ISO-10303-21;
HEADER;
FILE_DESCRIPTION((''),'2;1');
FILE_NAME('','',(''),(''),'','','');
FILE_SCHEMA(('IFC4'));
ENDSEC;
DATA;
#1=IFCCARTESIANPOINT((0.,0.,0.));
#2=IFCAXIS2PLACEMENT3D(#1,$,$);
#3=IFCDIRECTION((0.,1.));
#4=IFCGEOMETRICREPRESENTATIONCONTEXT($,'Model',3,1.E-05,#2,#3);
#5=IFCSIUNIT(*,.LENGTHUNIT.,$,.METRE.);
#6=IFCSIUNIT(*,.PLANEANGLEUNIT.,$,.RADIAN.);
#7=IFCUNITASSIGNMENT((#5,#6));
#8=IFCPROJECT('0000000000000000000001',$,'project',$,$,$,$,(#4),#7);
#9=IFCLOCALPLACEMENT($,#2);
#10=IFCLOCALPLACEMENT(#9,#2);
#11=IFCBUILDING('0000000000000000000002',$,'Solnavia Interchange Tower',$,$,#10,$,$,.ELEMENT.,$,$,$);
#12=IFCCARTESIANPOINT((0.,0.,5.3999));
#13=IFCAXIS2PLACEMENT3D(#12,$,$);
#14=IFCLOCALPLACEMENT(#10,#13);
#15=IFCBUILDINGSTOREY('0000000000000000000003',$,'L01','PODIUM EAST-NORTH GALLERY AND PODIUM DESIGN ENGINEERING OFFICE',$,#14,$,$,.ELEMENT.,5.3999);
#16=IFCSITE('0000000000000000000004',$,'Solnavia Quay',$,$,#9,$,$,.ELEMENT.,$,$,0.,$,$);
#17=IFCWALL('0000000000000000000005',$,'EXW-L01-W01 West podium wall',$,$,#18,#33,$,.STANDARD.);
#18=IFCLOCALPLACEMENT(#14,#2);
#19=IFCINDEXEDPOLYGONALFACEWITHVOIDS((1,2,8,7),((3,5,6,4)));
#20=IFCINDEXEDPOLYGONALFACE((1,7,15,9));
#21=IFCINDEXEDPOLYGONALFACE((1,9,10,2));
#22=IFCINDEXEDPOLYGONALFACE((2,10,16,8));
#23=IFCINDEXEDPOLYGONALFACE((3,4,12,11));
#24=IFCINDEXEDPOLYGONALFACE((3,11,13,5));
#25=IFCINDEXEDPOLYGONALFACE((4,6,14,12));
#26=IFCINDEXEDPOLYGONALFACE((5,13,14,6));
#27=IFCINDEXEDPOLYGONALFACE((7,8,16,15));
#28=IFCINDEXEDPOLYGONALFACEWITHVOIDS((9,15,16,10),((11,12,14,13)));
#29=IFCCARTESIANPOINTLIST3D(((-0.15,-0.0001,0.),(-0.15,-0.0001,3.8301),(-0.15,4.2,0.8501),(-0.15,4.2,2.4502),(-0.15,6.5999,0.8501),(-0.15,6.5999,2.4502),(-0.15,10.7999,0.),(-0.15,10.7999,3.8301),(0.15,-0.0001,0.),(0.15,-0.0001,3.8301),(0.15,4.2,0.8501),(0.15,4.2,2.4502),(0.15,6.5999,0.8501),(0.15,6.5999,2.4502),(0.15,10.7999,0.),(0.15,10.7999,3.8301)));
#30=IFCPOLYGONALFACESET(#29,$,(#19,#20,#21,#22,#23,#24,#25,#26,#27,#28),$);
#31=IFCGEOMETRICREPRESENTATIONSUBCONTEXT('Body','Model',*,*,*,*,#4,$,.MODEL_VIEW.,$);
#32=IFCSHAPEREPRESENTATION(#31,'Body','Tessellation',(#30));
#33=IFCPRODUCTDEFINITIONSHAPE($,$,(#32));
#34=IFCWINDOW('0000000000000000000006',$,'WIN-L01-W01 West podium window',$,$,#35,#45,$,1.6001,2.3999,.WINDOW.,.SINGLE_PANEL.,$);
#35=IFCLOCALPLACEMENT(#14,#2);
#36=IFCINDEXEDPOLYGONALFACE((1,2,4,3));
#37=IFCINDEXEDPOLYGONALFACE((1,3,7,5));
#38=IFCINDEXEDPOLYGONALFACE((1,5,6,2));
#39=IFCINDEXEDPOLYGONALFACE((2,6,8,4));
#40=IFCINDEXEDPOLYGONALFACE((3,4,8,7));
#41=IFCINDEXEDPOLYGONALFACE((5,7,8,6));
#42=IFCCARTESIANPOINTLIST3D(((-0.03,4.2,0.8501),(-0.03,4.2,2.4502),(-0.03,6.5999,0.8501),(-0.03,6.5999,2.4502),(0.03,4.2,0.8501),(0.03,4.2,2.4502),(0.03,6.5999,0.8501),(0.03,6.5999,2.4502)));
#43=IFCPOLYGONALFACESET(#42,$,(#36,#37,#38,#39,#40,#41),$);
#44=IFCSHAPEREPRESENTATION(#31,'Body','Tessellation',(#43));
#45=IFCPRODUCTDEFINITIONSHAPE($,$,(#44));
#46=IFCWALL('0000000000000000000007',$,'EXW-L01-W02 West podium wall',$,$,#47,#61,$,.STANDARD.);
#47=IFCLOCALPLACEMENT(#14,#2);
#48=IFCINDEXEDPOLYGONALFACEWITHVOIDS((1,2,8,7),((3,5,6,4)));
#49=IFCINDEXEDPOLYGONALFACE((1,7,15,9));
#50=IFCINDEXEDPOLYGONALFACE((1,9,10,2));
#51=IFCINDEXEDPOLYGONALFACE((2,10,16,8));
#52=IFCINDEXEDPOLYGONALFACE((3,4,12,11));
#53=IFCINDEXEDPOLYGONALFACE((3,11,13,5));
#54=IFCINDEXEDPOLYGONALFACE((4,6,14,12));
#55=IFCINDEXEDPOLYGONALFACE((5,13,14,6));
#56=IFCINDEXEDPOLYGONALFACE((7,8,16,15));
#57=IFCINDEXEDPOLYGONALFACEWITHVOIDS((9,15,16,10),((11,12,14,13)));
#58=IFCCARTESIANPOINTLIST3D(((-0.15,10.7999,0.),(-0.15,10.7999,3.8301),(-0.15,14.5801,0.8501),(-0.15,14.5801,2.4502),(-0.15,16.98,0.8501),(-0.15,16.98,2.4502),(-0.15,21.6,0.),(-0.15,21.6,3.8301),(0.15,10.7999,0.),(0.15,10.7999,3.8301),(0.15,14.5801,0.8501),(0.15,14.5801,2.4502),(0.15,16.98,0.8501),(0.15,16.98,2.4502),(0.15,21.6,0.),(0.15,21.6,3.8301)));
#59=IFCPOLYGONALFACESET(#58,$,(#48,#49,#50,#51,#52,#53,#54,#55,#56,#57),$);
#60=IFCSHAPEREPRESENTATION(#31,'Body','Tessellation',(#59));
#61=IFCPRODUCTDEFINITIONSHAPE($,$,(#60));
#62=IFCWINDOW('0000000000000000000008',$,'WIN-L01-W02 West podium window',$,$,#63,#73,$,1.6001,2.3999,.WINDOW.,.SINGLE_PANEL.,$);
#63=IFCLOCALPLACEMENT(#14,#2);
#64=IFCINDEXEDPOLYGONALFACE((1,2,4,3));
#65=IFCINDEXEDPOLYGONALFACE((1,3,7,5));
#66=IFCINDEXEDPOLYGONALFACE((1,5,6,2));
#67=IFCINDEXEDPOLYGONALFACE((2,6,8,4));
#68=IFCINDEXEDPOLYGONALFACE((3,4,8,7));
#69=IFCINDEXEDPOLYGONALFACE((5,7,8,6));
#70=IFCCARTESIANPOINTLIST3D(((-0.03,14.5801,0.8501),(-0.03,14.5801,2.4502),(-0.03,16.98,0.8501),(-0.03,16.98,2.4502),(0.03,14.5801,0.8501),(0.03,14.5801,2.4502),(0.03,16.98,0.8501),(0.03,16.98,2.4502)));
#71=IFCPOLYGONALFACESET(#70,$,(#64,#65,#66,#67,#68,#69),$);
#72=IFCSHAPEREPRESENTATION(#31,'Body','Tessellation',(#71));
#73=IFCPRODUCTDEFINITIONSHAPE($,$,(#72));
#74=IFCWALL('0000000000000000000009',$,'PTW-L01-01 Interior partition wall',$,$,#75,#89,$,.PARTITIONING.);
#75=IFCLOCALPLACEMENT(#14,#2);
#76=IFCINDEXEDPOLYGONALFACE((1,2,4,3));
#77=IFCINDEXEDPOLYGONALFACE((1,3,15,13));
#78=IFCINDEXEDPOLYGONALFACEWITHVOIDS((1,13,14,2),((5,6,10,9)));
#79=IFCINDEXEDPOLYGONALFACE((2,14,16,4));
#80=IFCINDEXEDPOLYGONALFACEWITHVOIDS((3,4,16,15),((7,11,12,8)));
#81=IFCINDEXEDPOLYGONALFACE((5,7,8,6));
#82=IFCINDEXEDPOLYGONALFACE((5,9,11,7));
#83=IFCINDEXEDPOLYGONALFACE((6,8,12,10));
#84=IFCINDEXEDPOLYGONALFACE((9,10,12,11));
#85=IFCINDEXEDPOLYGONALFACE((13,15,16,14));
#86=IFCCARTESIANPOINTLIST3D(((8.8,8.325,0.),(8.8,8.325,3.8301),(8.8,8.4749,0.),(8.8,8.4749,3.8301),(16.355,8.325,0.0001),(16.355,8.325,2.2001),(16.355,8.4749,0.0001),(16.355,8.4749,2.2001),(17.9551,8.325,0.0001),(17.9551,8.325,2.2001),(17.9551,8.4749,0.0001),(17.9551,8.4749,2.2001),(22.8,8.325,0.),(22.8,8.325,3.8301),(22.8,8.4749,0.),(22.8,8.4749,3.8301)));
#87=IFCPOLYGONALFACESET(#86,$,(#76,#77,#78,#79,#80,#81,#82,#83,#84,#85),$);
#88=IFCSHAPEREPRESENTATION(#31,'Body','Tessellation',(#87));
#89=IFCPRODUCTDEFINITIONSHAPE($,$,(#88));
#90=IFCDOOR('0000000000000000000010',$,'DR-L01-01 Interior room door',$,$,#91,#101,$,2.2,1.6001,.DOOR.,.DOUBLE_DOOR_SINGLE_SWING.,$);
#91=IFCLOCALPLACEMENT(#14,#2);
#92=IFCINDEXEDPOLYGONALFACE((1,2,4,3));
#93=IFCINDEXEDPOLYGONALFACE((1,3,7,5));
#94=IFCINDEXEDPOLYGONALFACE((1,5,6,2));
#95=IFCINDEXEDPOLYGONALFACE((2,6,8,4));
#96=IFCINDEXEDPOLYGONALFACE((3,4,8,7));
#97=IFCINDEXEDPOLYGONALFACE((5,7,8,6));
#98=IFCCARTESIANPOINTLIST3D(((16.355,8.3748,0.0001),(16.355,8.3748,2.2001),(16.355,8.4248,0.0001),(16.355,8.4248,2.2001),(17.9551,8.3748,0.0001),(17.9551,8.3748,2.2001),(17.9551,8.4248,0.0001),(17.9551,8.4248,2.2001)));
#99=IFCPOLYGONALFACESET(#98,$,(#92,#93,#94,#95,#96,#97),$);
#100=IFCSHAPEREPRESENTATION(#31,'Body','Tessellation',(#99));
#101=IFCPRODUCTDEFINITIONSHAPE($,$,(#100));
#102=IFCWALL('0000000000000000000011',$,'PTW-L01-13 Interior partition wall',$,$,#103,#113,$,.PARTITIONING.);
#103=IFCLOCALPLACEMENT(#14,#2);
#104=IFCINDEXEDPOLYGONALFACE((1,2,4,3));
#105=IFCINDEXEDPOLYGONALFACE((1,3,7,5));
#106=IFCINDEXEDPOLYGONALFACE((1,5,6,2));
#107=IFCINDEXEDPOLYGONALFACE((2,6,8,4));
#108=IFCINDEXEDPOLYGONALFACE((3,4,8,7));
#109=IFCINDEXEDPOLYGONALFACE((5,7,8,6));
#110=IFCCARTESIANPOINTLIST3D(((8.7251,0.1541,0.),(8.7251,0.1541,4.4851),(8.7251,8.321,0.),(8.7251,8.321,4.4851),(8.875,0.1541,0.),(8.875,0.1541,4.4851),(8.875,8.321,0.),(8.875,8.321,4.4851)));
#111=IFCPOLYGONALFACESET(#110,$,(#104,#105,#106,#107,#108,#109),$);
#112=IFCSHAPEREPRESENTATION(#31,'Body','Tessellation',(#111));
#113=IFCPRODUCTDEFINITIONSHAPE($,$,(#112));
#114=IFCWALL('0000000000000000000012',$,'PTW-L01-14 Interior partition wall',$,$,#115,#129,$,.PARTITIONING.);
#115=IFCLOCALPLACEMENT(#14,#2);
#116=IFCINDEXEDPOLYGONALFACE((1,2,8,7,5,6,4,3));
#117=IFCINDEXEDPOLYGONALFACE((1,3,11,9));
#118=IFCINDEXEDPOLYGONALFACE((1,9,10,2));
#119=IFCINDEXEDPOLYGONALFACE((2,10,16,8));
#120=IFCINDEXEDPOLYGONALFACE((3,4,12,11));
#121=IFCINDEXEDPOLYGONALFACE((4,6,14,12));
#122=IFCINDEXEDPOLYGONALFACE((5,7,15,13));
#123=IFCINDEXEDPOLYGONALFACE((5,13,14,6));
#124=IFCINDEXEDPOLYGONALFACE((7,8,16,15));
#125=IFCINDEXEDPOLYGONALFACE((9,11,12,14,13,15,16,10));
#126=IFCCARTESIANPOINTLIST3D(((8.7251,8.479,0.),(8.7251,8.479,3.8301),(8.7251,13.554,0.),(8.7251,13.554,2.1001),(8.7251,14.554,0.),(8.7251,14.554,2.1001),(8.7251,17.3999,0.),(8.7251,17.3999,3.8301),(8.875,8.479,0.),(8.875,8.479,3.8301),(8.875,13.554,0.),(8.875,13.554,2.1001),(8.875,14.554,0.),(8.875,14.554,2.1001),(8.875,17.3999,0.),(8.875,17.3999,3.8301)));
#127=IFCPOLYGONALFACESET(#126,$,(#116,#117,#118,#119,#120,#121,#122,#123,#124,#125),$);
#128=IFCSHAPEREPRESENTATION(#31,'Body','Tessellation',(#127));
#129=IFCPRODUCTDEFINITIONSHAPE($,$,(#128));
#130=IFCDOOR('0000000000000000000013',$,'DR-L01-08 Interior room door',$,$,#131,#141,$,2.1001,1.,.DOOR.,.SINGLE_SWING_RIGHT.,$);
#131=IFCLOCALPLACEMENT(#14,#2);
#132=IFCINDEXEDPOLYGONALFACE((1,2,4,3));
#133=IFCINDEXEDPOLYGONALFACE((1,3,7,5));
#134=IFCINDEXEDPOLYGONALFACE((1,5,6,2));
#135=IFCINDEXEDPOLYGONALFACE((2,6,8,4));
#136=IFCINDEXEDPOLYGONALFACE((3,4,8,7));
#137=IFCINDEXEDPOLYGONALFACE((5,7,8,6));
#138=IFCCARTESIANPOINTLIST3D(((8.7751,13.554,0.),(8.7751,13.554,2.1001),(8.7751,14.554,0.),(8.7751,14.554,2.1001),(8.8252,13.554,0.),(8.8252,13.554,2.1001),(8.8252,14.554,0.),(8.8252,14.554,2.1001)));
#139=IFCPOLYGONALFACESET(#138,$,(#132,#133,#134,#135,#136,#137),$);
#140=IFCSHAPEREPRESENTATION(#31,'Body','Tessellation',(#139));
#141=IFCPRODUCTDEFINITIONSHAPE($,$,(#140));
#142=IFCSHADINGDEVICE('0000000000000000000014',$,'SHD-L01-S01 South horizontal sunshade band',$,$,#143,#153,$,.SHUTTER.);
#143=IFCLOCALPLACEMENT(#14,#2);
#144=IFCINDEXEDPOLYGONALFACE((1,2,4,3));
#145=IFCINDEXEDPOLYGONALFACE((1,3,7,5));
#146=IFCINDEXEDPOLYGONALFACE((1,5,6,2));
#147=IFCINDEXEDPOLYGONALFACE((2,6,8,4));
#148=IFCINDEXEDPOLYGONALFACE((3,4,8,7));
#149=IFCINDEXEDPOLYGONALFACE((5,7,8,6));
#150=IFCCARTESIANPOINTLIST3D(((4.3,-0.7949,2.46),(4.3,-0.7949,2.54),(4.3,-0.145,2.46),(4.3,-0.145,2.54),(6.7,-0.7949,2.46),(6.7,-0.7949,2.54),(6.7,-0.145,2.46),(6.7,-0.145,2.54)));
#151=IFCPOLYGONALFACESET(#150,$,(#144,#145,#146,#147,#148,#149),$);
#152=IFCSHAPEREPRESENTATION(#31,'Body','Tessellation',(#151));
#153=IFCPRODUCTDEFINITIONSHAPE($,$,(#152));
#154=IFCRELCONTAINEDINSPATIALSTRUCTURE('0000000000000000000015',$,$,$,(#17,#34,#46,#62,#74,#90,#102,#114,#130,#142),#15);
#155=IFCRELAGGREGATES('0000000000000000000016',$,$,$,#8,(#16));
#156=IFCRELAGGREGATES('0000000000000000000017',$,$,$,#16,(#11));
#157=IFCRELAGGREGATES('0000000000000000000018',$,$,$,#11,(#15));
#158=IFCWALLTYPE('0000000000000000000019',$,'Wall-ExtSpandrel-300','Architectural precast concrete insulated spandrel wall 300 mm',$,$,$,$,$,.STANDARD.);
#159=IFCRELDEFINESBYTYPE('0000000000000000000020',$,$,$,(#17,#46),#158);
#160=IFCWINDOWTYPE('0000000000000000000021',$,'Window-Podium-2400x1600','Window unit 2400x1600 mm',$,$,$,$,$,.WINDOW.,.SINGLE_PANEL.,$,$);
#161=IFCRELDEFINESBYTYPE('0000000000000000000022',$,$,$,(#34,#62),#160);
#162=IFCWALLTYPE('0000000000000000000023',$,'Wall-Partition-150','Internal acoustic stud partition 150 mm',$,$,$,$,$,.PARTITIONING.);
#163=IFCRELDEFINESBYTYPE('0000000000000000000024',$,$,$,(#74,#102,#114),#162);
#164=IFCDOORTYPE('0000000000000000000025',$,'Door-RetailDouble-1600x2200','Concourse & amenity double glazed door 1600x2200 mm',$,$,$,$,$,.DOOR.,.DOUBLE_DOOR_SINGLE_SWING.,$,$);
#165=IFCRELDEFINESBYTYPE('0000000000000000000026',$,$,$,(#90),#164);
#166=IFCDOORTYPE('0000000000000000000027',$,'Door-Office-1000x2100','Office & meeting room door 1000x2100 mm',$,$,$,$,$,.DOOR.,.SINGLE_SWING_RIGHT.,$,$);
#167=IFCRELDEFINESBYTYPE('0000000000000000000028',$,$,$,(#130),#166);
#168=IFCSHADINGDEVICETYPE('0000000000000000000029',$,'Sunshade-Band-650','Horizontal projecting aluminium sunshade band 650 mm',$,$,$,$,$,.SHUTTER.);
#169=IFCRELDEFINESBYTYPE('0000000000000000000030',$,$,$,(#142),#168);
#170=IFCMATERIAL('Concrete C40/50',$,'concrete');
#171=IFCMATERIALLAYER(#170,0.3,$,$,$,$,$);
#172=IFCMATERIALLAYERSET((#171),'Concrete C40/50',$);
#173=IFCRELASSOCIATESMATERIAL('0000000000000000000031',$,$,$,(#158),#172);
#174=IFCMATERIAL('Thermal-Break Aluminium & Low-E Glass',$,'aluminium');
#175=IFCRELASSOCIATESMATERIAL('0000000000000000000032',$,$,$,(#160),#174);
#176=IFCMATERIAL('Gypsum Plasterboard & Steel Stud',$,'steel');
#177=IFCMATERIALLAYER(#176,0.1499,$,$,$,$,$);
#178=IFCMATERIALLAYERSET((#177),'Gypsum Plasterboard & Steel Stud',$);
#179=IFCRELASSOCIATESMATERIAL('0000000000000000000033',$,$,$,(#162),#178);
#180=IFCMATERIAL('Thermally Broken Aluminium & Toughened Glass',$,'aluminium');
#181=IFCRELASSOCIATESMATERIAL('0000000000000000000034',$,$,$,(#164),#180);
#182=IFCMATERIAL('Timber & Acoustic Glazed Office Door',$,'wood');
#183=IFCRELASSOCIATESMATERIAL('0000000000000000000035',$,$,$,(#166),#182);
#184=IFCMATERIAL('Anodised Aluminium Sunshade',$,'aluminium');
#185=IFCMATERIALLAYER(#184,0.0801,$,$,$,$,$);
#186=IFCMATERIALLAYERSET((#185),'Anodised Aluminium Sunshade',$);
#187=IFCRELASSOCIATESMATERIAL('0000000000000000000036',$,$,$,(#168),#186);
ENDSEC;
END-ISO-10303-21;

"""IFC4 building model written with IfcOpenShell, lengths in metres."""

from ifc_helpers import new_model, si_unit, direction, frame, frame_2d, origin, origin_2d, place, context, subcontext, project, spatial, rectangle, extrude, material, layer, layer_set, type_object, element, fill, save


model = new_model("IFC4")

# Units and contexts
model_context = context("Model", 3, precision=1e-05, world=origin(), true_north=direction((0.0, 1.0)))
body_context = subcontext(model_context, "Body", "Model", "MODEL_VIEW")
ifc_project = project(units=[si_unit("LENGTHUNIT", "METRE"), si_unit("PLANEANGLEUNIT", "RADIAN")], contexts=[model_context])

# Site, building, storey
site_placement = place(None, origin())
site = spatial("IfcSite", under=ifc_project, at=site_placement, Name="Solnavia Quay", CompositionType="ELEMENT", RefElevation=0.0)
building_placement = place(site_placement, origin())
building = spatial("IfcBuilding", under=site, at=building_placement, Name="Solnavia Interchange Tower", CompositionType="ELEMENT")
storey_placement = place(building_placement, frame((0.0, 0.0, 5.3999)))
storey = spatial("IfcBuildingStorey", under=building, at=storey_placement, Name="L01", Description="PODIUM EAST-NORTH GALLERY AND PODIUM DESIGN ENGINEERING OFFICE", CompositionType="ELEMENT", Elevation=5.3999)

# Shared definitions
ifc_material_1 = material(Name="Concrete C40/50", Category="concrete")

# Walls, openings, windows
ifc_layer_1 = layer(ifc_material_1, 0.3)
ifc_layer_set_1 = layer_set([ifc_layer_1], Name="Concrete C40/50")
wall_type_1 = type_object("IfcWallType", Name="Wall-ExtSpandrel-300", Description="Architectural precast concrete insulated spandrel wall 300 mm", PredefinedType="STANDARD", material=ifc_layer_set_1)
ifc_material_2 = material(Name="Thermal-Break Aluminium & Low-E Glass", Category="aluminium")
window_type = type_object("IfcWindowType", Name="Window-Podium-2400x1600", Description="Window unit 2400x1600 mm", PartitioningType="SINGLE_PANEL", PredefinedType="WINDOW", material=ifc_material_2)
wall_1_placement = place(storey_placement, frame((0.0, 0.0, 0.0), z_axis=(0.0, 0.0, 1.0), x_axis=(0.0, 1.0, 0.0)))
wall_1 = element("IfcWall", 1, at=wall_1_placement, inside=storey, type_object=wall_type_1, Name="EXW-L01-W01 West podium wall", PredefinedType="STANDARD", context=body_context, shape_type="SweptSolid", body=[
    extrude(rectangle(XDim=10.8, YDim=0.3, at=frame_2d((5.3999, 0.0))), origin(), (0.0, 0.0, 1.0), 3.8301),
])
opening_1_placement = place(wall_1_placement, frame((4.2, 0.0, 0.8501)))
opening_1 = element("IfcOpeningElement", 2, at=opening_1_placement, cuts=wall_1, PredefinedType="OPENING", context=body_context, shape_type="SweptSolid", body=[
    extrude(rectangle(XDim=2.3999, YDim=1.6001, at=frame_2d((1.2, 0.8))), frame((0.0, 0.1602, 0.0), z_axis=(0.0, -1.0, 0.0), x_axis=(1.0, 0.0, 0.0)), (0.0, 0.0, 1.0), 0.3201),
])
window_1_placement = place(opening_1_placement, origin())
window_1 = element("IfcWindow", 3, at=window_1_placement, inside=storey, type_object=window_type, Name="WIN-L01-W01 West podium window", OverallHeight=1.6001, OverallWidth=2.3999, PartitioningType="SINGLE_PANEL", PredefinedType="WINDOW", context=body_context, shape_type="SweptSolid", body=[
    extrude(rectangle(XDim=2.3999, YDim=1.6001, at=frame_2d((1.2, 0.8))), frame((0.0, 0.03, 0.0), z_axis=(0.0, -1.0, 0.0), x_axis=(1.0, 0.0, 0.0)), (0.0, 0.0, 1.0), 0.0601),
])
fill(opening_1, window_1)
wall_2_placement = place(storey_placement, frame((0.0, 10.8, 0.0), z_axis=(0.0, 0.0, 1.0), x_axis=(0.0, 1.0, 0.0)))
wall_2 = element("IfcWall", 4, at=wall_2_placement, inside=storey, type_object=wall_type_1, Name="EXW-L01-W02 West podium wall", PredefinedType="STANDARD", context=body_context, shape_type="SweptSolid", body=[
    extrude(rectangle(XDim=10.8, YDim=0.3, at=frame_2d((5.3999, 0.0))), origin(), (0.0, 0.0, 1.0), 3.8301),
])
opening_2_placement = place(wall_2_placement, frame((3.78, 0.0, 0.8501)))
opening_2 = element("IfcOpeningElement", 5, at=opening_2_placement, cuts=wall_2, PredefinedType="OPENING", context=body_context, shape_type="SweptSolid", body=[
    extrude(rectangle(XDim=2.3999, YDim=1.6001, at=frame_2d((1.2, 0.8))), frame((0.0, 0.1602, 0.0), z_axis=(0.0, -1.0, 0.0), x_axis=(1.0, 0.0, 0.0)), (0.0, 0.0, 1.0), 0.3201),
])
window_2_placement = place(opening_2_placement, origin())
window_2 = element("IfcWindow", 6, at=window_2_placement, inside=storey, type_object=window_type, Name="WIN-L01-W02 West podium window", OverallHeight=1.6001, OverallWidth=2.3999, PartitioningType="SINGLE_PANEL", PredefinedType="WINDOW", context=body_context, shape_type="SweptSolid", body=[
    extrude(rectangle(XDim=2.3999, YDim=1.6001, at=frame_2d((1.2, 0.8))), frame((0.0, 0.03, 0.0), z_axis=(0.0, -1.0, 0.0), x_axis=(1.0, 0.0, 0.0)), (0.0, 0.0, 1.0), 0.0601),
])
fill(opening_2, window_2)

# Wall, opening, door
ifc_material_3 = material(Name="Gypsum Plasterboard & Steel Stud", Category="steel")
ifc_layer_2 = layer(ifc_material_3, 0.1499)
ifc_layer_set_2 = layer_set([ifc_layer_2], Name="Gypsum Plasterboard & Steel Stud")
wall_type_2 = type_object("IfcWallType", Name="Wall-Partition-150", Description="Internal acoustic stud partition 150 mm", PredefinedType="PARTITIONING", material=ifc_layer_set_2)
wall_3_placement = place(storey_placement, frame((8.8, 8.3999, 0.0), z_axis=(0.0, 0.0, 1.0), x_axis=(1.0, 0.0, 0.0)))
wall_3 = element("IfcWall", 7, at=wall_3_placement, inside=storey, type_object=wall_type_2, Name="PTW-L01-01 Interior partition wall", PredefinedType="PARTITIONING", context=body_context, shape_type="SweptSolid", body=[
    extrude(rectangle(XDim=14.0, YDim=0.1499, at=frame_2d((7.0, 0.0))), origin(), (0.0, 0.0, 1.0), 3.8301),
])
opening_3_placement = place(wall_3_placement, frame((7.5549, 0.0, 0.0)))
opening_3 = element("IfcOpeningElement", 8, at=opening_3_placement, cuts=wall_3, PredefinedType="OPENING", context=body_context, shape_type="SweptSolid", body=[
    extrude(rectangle(XDim=1.6001, YDim=2.2, at=frame_2d((0.8, 1.1001))), frame((0.0, 0.085, 0.0), z_axis=(0.0, -1.0, 0.0), x_axis=(1.0, 0.0, 0.0)), (0.0, 0.0, 1.0), 0.1699),
])
ifc_material_4 = material(Name="Thermally Broken Aluminium & Toughened Glass", Category="aluminium")
door_type_1 = type_object("IfcDoorType", Name="Door-RetailDouble-1600x2200", Description="Concourse & amenity double glazed door 1600x2200 mm", OperationType="DOUBLE_DOOR_SINGLE_SWING", PredefinedType="DOOR", material=ifc_material_4)
door_1_placement = place(opening_3_placement, origin())
door_1 = element("IfcDoor", 9, at=door_1_placement, inside=storey, type_object=door_type_1, Name="DR-L01-01 Interior room door", OperationType="DOUBLE_DOOR_SINGLE_SWING", OverallHeight=2.2, OverallWidth=1.6001, PredefinedType="DOOR", context=body_context, shape_type="SweptSolid", body=[
    extrude(rectangle(XDim=1.6001, YDim=2.2, at=frame_2d((0.8, 1.1001))), frame((0.0, 0.0249, 0.0), z_axis=(0.0, -1.0, 0.0), x_axis=(1.0, 0.0, 0.0)), (0.0, 0.0, 1.0), 0.05),
])
fill(opening_3, door_1)

# Wall
wall_4_placement = place(storey_placement, frame((8.8, 0.1541, 0.0), z_axis=(0.0, 0.0, 1.0), x_axis=(0.0, 1.0, 0.0)))
element("IfcWall", 10, at=wall_4_placement, inside=storey, type_object=wall_type_2, Name="PTW-L01-13 Interior partition wall", PredefinedType="PARTITIONING", context=body_context, shape_type="SweptSolid", body=[
    extrude(rectangle(XDim=8.167, YDim=0.1499, at=frame_2d((4.0835, 0.0))), origin(), (0.0, 0.0, 1.0), 4.4851),
])

# Wall, opening, door
wall_5_placement = place(storey_placement, frame((8.8, 8.479, 0.0), z_axis=(0.0, 0.0, 1.0), x_axis=(0.0, 1.0, 0.0)))
wall_5 = element("IfcWall", 11, at=wall_5_placement, inside=storey, type_object=wall_type_2, Name="PTW-L01-14 Interior partition wall", PredefinedType="PARTITIONING", context=body_context, shape_type="SweptSolid", body=[
    extrude(rectangle(XDim=8.9209, YDim=0.1499, at=frame_2d((4.4604, 0.0))), origin(), (0.0, 0.0, 1.0), 3.8301),
])
opening_4_placement = place(wall_5_placement, frame((5.075, 0.0, 0.0)))
opening_4 = element("IfcOpeningElement", 12, at=opening_4_placement, cuts=wall_5, PredefinedType="OPENING", context=body_context, shape_type="SweptSolid", body=[
    extrude(rectangle(XDim=1.0, YDim=2.1001, at=frame_2d((0.5, 1.05))), frame((0.0, 0.085, 0.0), z_axis=(0.0, -1.0, 0.0), x_axis=(1.0, 0.0, 0.0)), (0.0, 0.0, 1.0), 0.1699),
])
ifc_material_5 = material(Name="Timber & Acoustic Glazed Office Door", Category="wood")
door_type_2 = type_object("IfcDoorType", Name="Door-Office-1000x2100", Description="Office & meeting room door 1000x2100 mm", OperationType="SINGLE_SWING_RIGHT", PredefinedType="DOOR", material=ifc_material_5)
door_2_placement = place(opening_4_placement, origin())
door_2 = element("IfcDoor", 13, at=door_2_placement, inside=storey, type_object=door_type_2, Name="DR-L01-08 Interior room door", OperationType="SINGLE_SWING_RIGHT", OverallHeight=2.1001, OverallWidth=1.0, PredefinedType="DOOR", context=body_context, shape_type="SweptSolid", body=[
    extrude(rectangle(XDim=1.0, YDim=2.1001, at=frame_2d((0.5, 1.05))), frame((0.0, 0.0249, 0.0), z_axis=(0.0, -1.0, 0.0), x_axis=(1.0, 0.0, 0.0)), (0.0, 0.0, 1.0), 0.05),
])
fill(opening_4, door_2)

# Shading device
ifc_material_6 = material(Name="Anodised Aluminium Sunshade", Category="aluminium")
ifc_layer_3 = layer(ifc_material_6, 0.0801)
ifc_layer_set_3 = layer_set([ifc_layer_3], Name="Anodised Aluminium Sunshade")
shading_device_type = type_object("IfcShadingDeviceType", Name="Sunshade-Band-650", Description="Horizontal projecting aluminium sunshade band 650 mm", PredefinedType="SHUTTER", material=ifc_layer_set_3)
shading_device_placement = place(storey_placement, frame((5.5, -0.47, 2.46), z_axis=(0.0, 0.0, 1.0), x_axis=(1.0, 0.0, 0.0)))
element("IfcShadingDevice", 14, at=shading_device_placement, inside=storey, type_object=shading_device_type, Name="SHD-L01-S01 South horizontal sunshade band", PredefinedType="SHUTTER", context=body_context, shape_type="SweptSolid", body=[
    extrude(rectangle(XDim=2.3999, YDim=0.6499, at=origin_2d()), origin(), (0.0, 0.0, 1.0), 0.0801),
])

save(model, "model.ifc")
